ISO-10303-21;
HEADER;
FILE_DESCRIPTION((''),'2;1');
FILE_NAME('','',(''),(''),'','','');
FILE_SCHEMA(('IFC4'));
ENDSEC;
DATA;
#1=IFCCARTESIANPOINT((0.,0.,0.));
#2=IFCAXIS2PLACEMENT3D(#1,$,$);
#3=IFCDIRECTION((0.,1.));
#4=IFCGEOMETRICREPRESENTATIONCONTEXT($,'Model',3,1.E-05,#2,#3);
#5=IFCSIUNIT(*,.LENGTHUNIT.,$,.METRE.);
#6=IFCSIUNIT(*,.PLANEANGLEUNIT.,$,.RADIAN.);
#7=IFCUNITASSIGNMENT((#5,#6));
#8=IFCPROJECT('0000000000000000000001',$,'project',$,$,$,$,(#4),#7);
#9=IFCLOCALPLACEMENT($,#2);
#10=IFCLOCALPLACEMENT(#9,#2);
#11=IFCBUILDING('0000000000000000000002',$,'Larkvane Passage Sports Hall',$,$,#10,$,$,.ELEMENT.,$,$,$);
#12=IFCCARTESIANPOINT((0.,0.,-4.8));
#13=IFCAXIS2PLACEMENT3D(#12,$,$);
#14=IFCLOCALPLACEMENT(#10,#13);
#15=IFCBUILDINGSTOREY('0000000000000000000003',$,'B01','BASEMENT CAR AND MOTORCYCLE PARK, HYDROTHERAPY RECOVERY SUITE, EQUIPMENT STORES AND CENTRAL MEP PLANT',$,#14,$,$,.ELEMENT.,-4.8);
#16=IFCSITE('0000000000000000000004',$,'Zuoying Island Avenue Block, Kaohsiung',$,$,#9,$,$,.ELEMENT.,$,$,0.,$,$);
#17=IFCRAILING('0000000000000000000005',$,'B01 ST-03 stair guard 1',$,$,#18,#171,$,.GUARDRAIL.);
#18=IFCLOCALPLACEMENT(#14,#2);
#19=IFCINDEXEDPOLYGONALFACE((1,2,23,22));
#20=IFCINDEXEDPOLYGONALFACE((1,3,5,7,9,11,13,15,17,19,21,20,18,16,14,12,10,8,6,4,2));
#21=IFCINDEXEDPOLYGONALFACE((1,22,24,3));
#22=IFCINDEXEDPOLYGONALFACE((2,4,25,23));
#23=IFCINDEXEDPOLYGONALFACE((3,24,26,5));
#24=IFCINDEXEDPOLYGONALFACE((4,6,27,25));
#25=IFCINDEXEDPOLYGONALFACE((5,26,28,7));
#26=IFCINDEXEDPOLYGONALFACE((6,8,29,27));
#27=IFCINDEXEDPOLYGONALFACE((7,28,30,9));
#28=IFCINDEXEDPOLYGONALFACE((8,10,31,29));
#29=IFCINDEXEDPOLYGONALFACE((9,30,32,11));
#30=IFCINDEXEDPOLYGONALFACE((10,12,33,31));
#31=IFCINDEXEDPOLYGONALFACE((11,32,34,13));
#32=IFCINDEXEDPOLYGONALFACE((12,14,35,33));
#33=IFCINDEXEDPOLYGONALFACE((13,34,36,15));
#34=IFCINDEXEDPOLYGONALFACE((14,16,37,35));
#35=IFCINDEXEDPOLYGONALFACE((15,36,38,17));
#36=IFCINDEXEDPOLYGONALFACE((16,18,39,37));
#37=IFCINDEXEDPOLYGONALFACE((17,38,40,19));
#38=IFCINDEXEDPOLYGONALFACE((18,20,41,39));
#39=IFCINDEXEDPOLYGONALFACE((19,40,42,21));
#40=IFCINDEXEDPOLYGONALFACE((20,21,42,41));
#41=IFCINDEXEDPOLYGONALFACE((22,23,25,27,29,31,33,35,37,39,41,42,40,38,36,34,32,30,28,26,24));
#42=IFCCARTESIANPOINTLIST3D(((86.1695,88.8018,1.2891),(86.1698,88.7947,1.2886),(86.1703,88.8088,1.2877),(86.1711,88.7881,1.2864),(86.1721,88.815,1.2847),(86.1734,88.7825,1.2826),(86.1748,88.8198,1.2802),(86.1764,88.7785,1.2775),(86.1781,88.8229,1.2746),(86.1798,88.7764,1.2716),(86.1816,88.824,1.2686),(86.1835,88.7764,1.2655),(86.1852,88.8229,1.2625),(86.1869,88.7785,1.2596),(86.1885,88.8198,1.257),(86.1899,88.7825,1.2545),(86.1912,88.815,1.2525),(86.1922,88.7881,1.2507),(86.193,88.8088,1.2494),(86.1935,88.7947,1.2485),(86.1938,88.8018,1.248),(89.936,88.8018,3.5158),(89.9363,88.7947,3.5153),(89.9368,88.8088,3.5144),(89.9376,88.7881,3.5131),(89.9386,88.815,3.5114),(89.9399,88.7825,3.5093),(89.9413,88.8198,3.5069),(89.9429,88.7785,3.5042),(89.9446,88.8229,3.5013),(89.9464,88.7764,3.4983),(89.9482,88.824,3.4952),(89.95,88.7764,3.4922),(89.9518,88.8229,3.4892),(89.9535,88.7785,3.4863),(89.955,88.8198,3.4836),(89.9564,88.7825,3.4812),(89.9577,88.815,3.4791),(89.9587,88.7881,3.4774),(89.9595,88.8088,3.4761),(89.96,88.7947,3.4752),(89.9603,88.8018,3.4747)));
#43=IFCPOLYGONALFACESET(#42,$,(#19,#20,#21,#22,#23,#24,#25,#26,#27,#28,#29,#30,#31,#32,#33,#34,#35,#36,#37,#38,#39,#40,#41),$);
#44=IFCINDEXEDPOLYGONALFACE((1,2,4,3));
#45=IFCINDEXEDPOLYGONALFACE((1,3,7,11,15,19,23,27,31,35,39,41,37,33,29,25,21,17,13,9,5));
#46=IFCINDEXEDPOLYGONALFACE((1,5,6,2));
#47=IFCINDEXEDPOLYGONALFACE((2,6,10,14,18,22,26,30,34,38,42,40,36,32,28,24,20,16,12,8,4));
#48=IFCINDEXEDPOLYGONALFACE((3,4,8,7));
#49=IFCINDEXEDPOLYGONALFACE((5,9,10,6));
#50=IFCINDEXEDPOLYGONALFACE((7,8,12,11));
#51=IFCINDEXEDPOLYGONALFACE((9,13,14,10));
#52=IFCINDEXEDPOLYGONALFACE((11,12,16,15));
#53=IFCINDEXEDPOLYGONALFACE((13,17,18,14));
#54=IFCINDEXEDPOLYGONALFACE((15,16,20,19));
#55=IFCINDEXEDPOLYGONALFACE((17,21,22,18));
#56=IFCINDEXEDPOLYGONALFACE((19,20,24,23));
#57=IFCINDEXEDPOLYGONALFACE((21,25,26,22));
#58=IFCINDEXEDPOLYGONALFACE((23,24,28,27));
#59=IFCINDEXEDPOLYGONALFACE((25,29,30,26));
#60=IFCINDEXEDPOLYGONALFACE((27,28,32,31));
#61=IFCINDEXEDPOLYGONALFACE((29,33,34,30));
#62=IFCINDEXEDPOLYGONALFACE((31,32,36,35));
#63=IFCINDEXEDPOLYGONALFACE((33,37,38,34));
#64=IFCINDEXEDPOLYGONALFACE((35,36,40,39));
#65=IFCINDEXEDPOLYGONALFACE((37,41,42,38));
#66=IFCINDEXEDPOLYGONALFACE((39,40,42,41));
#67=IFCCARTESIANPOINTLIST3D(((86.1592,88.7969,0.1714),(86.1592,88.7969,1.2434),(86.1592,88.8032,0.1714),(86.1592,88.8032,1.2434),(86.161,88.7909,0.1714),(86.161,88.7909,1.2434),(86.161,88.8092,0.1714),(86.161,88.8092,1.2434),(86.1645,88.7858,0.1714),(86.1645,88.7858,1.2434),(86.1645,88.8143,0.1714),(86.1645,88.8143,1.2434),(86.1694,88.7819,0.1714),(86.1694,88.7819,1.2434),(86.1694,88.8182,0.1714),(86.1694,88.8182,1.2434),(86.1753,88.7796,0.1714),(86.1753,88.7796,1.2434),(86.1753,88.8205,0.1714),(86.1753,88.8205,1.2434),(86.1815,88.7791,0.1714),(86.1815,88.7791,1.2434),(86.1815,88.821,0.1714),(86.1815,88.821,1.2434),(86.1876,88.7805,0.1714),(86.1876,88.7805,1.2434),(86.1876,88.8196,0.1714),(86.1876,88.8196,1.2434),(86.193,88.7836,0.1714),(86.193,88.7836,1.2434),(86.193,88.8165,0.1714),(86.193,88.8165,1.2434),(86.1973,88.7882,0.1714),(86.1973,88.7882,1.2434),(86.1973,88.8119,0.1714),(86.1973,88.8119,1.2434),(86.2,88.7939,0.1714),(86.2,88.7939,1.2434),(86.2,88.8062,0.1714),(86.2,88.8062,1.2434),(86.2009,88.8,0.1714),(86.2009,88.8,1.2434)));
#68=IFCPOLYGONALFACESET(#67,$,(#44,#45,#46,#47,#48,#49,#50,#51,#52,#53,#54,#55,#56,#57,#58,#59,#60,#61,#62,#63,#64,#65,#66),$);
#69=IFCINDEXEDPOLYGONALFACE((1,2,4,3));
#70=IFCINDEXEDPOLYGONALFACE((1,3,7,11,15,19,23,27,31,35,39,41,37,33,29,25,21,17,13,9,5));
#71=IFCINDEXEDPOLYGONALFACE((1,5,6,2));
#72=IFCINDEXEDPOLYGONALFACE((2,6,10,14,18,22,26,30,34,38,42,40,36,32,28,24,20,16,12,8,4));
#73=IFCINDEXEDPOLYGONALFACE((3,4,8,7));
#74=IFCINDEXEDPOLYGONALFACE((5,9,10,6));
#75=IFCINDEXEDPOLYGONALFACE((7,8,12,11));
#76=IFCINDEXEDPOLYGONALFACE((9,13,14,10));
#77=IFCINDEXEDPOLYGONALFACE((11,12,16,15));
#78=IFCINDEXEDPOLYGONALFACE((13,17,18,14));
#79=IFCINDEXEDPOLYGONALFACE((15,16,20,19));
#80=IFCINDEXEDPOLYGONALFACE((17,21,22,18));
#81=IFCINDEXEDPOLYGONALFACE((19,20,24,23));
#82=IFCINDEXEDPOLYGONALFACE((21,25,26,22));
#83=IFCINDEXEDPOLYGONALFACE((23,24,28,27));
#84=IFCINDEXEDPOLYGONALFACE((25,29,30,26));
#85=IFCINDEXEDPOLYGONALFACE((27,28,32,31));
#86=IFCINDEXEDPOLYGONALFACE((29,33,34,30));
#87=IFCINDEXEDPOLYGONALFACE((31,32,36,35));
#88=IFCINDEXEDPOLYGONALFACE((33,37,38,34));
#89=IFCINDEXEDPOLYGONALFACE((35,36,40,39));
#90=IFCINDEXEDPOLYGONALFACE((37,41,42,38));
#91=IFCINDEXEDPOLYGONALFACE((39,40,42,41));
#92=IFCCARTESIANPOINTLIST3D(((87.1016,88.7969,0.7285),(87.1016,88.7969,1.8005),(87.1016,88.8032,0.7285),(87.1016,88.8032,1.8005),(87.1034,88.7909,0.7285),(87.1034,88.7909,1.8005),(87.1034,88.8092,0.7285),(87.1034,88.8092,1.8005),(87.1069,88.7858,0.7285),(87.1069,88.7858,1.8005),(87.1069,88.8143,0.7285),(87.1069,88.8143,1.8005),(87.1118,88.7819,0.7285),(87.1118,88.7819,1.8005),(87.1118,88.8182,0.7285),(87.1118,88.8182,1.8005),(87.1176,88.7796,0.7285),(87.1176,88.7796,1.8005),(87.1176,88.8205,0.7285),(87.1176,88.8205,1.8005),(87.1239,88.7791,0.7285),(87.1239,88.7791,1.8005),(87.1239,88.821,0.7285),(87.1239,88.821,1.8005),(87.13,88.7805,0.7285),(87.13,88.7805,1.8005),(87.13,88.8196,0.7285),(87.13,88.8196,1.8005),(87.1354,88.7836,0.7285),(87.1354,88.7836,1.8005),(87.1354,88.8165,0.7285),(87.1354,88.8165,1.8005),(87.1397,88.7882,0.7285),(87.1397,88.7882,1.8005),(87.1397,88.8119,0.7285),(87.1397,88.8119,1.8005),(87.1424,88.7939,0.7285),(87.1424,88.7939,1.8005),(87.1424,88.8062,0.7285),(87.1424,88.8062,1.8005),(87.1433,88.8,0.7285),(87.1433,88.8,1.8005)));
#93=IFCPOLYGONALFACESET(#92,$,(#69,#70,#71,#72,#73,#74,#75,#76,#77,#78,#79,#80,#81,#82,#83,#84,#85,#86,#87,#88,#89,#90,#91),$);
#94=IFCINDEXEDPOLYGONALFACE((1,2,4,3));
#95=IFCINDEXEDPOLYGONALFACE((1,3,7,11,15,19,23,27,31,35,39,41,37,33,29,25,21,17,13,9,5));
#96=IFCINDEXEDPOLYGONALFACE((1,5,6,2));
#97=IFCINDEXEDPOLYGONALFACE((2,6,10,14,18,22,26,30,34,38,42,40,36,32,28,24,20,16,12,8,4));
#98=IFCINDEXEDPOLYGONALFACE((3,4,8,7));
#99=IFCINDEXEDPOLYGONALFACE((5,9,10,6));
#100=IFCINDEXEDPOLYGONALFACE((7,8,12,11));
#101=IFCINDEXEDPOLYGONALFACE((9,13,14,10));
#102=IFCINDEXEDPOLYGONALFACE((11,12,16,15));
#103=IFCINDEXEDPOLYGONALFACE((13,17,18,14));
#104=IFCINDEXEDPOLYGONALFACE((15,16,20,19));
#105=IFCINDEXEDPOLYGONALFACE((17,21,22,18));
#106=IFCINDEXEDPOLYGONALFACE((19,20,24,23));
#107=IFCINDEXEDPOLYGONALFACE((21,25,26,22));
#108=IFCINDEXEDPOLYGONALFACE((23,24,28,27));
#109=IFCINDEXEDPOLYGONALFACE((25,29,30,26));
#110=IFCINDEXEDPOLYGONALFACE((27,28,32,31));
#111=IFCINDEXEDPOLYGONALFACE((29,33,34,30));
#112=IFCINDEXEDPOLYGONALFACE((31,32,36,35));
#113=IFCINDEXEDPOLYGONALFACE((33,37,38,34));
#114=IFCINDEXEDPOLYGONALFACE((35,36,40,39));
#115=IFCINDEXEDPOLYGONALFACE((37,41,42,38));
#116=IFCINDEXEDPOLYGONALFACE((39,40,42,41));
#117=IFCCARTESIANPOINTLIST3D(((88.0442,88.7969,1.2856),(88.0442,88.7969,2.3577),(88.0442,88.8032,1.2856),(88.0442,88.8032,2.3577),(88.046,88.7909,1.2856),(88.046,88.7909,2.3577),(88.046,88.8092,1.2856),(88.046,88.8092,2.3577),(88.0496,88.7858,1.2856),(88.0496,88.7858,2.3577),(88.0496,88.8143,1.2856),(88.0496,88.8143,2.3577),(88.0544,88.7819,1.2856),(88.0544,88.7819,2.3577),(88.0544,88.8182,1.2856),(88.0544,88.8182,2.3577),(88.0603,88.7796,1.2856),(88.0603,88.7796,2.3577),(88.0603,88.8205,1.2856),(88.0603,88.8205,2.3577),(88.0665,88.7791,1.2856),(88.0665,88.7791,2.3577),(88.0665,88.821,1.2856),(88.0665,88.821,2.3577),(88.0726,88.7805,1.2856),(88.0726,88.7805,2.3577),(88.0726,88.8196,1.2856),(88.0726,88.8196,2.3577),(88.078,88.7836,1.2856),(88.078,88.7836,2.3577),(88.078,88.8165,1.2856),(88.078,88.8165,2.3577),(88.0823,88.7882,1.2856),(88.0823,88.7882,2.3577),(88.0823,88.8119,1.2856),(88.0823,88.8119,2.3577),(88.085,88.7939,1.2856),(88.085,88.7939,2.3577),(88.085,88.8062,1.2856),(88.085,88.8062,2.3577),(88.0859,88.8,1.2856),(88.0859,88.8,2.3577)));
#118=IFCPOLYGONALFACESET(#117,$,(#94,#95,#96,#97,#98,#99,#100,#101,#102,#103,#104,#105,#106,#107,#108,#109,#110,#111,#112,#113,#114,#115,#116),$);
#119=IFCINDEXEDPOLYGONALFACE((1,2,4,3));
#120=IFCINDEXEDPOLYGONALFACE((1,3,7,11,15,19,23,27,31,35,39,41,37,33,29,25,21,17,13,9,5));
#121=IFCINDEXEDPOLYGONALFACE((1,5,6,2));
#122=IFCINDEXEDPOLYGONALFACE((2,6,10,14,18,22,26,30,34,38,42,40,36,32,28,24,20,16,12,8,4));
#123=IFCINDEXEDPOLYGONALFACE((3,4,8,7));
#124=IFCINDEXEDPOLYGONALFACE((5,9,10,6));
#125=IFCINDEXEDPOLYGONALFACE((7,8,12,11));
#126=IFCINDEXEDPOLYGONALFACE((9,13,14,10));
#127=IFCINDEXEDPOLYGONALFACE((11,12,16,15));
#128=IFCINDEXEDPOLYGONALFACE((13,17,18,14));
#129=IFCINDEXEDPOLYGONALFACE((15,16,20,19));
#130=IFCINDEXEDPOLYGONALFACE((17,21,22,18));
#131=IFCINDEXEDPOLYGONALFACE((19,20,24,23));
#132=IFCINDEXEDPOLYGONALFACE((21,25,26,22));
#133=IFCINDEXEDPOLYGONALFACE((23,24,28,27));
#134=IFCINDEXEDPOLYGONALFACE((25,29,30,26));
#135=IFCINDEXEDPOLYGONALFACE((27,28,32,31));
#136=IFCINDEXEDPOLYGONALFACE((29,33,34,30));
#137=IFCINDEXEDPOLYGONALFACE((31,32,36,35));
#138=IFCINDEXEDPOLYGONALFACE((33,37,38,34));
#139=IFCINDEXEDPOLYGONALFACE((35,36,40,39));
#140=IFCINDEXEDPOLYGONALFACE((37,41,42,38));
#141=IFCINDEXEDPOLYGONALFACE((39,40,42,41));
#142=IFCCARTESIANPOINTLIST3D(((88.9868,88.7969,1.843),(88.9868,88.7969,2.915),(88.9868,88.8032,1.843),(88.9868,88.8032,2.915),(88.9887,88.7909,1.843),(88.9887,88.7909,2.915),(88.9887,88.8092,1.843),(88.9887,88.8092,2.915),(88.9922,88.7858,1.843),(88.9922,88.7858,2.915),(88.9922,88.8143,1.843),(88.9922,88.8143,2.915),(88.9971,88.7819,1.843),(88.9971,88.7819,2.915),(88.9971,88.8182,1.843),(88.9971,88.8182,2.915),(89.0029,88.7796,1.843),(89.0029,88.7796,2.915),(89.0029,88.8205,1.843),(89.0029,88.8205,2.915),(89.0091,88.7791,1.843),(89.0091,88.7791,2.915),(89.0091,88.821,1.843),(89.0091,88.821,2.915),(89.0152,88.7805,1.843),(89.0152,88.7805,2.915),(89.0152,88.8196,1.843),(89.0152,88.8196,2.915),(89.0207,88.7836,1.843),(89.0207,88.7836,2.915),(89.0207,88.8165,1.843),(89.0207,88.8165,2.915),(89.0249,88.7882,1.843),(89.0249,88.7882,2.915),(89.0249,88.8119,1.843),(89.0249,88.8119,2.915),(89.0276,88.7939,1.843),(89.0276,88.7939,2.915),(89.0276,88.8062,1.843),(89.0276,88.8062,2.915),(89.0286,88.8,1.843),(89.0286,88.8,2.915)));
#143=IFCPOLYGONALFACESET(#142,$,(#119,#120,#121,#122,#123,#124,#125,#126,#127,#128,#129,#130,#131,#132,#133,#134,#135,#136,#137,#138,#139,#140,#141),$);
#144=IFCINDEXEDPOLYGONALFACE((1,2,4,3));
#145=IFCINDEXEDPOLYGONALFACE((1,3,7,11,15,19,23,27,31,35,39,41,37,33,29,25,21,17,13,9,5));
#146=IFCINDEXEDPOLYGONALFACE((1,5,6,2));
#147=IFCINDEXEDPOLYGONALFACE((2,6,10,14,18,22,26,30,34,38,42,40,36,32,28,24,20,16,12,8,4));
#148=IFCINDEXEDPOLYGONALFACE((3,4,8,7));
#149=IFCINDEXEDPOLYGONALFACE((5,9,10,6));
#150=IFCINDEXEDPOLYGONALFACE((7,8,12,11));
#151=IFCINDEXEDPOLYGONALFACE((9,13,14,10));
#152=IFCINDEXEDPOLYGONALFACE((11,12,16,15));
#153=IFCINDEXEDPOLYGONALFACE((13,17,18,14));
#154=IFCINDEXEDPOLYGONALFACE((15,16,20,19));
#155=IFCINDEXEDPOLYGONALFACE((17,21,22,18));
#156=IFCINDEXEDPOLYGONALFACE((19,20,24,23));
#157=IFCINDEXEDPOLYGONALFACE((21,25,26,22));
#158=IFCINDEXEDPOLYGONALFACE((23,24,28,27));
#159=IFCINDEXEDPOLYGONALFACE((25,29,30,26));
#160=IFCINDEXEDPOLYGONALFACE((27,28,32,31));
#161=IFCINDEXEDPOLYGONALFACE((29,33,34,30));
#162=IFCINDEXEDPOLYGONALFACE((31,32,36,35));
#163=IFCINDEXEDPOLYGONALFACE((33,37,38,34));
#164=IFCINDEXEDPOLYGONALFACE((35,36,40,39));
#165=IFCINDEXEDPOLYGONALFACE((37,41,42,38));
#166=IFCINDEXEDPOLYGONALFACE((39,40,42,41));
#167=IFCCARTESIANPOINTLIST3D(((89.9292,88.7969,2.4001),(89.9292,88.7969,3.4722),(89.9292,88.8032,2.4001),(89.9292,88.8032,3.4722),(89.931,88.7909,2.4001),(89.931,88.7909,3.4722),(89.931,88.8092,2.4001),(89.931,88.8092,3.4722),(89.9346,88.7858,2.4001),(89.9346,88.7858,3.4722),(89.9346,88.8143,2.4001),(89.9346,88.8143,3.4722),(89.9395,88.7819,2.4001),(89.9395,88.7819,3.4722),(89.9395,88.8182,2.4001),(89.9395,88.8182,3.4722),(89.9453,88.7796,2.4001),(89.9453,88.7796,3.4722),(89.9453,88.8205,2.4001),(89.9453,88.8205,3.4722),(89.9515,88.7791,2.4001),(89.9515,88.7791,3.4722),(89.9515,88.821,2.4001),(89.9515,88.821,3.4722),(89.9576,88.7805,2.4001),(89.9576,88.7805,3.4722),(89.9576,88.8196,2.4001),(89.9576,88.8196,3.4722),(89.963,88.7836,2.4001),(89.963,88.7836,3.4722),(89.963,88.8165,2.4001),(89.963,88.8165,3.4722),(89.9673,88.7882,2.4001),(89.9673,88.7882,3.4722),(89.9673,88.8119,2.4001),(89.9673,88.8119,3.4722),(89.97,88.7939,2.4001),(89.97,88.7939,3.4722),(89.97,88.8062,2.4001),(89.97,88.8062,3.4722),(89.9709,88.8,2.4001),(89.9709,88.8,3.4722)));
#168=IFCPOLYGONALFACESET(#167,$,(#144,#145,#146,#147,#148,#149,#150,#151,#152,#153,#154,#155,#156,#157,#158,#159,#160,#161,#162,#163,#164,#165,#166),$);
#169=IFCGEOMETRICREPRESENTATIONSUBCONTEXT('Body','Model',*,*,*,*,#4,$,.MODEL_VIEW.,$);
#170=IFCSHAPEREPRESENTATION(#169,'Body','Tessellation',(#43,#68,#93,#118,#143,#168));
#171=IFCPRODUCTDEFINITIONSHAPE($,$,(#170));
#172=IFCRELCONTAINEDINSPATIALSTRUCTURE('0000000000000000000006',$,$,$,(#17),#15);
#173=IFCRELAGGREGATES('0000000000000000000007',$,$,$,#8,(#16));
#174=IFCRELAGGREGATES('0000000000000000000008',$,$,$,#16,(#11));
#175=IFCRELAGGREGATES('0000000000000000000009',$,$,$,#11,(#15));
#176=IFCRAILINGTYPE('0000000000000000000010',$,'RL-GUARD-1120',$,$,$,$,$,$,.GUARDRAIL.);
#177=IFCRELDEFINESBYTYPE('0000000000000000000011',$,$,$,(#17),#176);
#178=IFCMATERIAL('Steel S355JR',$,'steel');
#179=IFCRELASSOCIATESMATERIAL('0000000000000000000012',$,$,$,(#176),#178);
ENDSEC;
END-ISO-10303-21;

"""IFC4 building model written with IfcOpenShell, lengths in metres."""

from ifc_helpers import new_model, si_unit, direction, frame, origin, origin_2d, place, context, subcontext, project, spatial, circle, extrude, material, type_object, element, save


model = new_model("IFC4")

# Units and contexts
model_context = context("Model", 3, precision=1e-05, world=origin(), true_north=direction((0.0, 1.0)))
body_context = subcontext(model_context, "Body", "Model", "MODEL_VIEW")
ifc_project = project(units=[si_unit("LENGTHUNIT", "METRE"), si_unit("PLANEANGLEUNIT", "RADIAN")], contexts=[model_context])

# Site, building, storey
site_placement = place(None, origin())
site = spatial("IfcSite", under=ifc_project, at=site_placement, Name="Zuoying Island Avenue Block, Kaohsiung", CompositionType="ELEMENT", RefElevation=0.0)
building_placement = place(site_placement, origin())
building = spatial("IfcBuilding", under=site, at=building_placement, Name="Larkvane Passage Sports Hall", CompositionType="ELEMENT")
storey_placement = place(building_placement, frame((0.0, 0.0, -4.8)))
storey = spatial("IfcBuildingStorey", under=building, at=storey_placement, Name="B01", Description="BASEMENT CAR AND MOTORCYCLE PARK, HYDROTHERAPY RECOVERY SUITE, EQUIPMENT STORES AND CENTRAL MEP PLANT", CompositionType="ELEMENT", Elevation=-4.8)

# Railing
ifc_material_1 = material(Name="Steel S355JR", Category="steel")
railing_type_1 = type_object("IfcRailingType", Name="RL-GUARD-1120", PredefinedType="GUARDRAIL", material=ifc_material_1)
railing_1_placement = place(storey_placement, frame((86.1799, 88.8, 0.1714)))
element("IfcRailing", 1, at=railing_1_placement, inside=storey, type_object=railing_type_1, Name="B01 ST-03 stair guard 1", PredefinedType="GUARDRAIL", context=body_context, shape_type="SweptSolid", body=[
    extrude(circle(Radius=0.0239, at=origin_2d()), frame((0.0017, 0.0, 1.0972), z_axis=(0.860824, 0.0, 0.508902), x_axis=(0.0, 1.0, 0.0)), (0.0, 0.0, 1.0), 4.3755),
    extrude(circle(Radius=0.021, at=origin_2d()), origin(), (0.0, 0.0, 1.0), 1.072),
    extrude(circle(Radius=0.021, at=origin_2d()), frame((0.9424, 0.0, 0.5571)), (0.0, 0.0, 1.0), 1.072),
    extrude(circle(Radius=0.021, at=origin_2d()), frame((1.885, 0.0, 1.1143)), (0.0, 0.0, 1.0), 1.072),
    extrude(circle(Radius=0.021, at=origin_2d()), frame((2.8276, 0.0, 1.6716)), (0.0, 0.0, 1.0), 1.072),
    extrude(circle(Radius=0.021, at=origin_2d()), frame((3.77, 0.0, 2.2288)), (0.0, 0.0, 1.0), 1.072),
])

save(model, "model.ifc")
